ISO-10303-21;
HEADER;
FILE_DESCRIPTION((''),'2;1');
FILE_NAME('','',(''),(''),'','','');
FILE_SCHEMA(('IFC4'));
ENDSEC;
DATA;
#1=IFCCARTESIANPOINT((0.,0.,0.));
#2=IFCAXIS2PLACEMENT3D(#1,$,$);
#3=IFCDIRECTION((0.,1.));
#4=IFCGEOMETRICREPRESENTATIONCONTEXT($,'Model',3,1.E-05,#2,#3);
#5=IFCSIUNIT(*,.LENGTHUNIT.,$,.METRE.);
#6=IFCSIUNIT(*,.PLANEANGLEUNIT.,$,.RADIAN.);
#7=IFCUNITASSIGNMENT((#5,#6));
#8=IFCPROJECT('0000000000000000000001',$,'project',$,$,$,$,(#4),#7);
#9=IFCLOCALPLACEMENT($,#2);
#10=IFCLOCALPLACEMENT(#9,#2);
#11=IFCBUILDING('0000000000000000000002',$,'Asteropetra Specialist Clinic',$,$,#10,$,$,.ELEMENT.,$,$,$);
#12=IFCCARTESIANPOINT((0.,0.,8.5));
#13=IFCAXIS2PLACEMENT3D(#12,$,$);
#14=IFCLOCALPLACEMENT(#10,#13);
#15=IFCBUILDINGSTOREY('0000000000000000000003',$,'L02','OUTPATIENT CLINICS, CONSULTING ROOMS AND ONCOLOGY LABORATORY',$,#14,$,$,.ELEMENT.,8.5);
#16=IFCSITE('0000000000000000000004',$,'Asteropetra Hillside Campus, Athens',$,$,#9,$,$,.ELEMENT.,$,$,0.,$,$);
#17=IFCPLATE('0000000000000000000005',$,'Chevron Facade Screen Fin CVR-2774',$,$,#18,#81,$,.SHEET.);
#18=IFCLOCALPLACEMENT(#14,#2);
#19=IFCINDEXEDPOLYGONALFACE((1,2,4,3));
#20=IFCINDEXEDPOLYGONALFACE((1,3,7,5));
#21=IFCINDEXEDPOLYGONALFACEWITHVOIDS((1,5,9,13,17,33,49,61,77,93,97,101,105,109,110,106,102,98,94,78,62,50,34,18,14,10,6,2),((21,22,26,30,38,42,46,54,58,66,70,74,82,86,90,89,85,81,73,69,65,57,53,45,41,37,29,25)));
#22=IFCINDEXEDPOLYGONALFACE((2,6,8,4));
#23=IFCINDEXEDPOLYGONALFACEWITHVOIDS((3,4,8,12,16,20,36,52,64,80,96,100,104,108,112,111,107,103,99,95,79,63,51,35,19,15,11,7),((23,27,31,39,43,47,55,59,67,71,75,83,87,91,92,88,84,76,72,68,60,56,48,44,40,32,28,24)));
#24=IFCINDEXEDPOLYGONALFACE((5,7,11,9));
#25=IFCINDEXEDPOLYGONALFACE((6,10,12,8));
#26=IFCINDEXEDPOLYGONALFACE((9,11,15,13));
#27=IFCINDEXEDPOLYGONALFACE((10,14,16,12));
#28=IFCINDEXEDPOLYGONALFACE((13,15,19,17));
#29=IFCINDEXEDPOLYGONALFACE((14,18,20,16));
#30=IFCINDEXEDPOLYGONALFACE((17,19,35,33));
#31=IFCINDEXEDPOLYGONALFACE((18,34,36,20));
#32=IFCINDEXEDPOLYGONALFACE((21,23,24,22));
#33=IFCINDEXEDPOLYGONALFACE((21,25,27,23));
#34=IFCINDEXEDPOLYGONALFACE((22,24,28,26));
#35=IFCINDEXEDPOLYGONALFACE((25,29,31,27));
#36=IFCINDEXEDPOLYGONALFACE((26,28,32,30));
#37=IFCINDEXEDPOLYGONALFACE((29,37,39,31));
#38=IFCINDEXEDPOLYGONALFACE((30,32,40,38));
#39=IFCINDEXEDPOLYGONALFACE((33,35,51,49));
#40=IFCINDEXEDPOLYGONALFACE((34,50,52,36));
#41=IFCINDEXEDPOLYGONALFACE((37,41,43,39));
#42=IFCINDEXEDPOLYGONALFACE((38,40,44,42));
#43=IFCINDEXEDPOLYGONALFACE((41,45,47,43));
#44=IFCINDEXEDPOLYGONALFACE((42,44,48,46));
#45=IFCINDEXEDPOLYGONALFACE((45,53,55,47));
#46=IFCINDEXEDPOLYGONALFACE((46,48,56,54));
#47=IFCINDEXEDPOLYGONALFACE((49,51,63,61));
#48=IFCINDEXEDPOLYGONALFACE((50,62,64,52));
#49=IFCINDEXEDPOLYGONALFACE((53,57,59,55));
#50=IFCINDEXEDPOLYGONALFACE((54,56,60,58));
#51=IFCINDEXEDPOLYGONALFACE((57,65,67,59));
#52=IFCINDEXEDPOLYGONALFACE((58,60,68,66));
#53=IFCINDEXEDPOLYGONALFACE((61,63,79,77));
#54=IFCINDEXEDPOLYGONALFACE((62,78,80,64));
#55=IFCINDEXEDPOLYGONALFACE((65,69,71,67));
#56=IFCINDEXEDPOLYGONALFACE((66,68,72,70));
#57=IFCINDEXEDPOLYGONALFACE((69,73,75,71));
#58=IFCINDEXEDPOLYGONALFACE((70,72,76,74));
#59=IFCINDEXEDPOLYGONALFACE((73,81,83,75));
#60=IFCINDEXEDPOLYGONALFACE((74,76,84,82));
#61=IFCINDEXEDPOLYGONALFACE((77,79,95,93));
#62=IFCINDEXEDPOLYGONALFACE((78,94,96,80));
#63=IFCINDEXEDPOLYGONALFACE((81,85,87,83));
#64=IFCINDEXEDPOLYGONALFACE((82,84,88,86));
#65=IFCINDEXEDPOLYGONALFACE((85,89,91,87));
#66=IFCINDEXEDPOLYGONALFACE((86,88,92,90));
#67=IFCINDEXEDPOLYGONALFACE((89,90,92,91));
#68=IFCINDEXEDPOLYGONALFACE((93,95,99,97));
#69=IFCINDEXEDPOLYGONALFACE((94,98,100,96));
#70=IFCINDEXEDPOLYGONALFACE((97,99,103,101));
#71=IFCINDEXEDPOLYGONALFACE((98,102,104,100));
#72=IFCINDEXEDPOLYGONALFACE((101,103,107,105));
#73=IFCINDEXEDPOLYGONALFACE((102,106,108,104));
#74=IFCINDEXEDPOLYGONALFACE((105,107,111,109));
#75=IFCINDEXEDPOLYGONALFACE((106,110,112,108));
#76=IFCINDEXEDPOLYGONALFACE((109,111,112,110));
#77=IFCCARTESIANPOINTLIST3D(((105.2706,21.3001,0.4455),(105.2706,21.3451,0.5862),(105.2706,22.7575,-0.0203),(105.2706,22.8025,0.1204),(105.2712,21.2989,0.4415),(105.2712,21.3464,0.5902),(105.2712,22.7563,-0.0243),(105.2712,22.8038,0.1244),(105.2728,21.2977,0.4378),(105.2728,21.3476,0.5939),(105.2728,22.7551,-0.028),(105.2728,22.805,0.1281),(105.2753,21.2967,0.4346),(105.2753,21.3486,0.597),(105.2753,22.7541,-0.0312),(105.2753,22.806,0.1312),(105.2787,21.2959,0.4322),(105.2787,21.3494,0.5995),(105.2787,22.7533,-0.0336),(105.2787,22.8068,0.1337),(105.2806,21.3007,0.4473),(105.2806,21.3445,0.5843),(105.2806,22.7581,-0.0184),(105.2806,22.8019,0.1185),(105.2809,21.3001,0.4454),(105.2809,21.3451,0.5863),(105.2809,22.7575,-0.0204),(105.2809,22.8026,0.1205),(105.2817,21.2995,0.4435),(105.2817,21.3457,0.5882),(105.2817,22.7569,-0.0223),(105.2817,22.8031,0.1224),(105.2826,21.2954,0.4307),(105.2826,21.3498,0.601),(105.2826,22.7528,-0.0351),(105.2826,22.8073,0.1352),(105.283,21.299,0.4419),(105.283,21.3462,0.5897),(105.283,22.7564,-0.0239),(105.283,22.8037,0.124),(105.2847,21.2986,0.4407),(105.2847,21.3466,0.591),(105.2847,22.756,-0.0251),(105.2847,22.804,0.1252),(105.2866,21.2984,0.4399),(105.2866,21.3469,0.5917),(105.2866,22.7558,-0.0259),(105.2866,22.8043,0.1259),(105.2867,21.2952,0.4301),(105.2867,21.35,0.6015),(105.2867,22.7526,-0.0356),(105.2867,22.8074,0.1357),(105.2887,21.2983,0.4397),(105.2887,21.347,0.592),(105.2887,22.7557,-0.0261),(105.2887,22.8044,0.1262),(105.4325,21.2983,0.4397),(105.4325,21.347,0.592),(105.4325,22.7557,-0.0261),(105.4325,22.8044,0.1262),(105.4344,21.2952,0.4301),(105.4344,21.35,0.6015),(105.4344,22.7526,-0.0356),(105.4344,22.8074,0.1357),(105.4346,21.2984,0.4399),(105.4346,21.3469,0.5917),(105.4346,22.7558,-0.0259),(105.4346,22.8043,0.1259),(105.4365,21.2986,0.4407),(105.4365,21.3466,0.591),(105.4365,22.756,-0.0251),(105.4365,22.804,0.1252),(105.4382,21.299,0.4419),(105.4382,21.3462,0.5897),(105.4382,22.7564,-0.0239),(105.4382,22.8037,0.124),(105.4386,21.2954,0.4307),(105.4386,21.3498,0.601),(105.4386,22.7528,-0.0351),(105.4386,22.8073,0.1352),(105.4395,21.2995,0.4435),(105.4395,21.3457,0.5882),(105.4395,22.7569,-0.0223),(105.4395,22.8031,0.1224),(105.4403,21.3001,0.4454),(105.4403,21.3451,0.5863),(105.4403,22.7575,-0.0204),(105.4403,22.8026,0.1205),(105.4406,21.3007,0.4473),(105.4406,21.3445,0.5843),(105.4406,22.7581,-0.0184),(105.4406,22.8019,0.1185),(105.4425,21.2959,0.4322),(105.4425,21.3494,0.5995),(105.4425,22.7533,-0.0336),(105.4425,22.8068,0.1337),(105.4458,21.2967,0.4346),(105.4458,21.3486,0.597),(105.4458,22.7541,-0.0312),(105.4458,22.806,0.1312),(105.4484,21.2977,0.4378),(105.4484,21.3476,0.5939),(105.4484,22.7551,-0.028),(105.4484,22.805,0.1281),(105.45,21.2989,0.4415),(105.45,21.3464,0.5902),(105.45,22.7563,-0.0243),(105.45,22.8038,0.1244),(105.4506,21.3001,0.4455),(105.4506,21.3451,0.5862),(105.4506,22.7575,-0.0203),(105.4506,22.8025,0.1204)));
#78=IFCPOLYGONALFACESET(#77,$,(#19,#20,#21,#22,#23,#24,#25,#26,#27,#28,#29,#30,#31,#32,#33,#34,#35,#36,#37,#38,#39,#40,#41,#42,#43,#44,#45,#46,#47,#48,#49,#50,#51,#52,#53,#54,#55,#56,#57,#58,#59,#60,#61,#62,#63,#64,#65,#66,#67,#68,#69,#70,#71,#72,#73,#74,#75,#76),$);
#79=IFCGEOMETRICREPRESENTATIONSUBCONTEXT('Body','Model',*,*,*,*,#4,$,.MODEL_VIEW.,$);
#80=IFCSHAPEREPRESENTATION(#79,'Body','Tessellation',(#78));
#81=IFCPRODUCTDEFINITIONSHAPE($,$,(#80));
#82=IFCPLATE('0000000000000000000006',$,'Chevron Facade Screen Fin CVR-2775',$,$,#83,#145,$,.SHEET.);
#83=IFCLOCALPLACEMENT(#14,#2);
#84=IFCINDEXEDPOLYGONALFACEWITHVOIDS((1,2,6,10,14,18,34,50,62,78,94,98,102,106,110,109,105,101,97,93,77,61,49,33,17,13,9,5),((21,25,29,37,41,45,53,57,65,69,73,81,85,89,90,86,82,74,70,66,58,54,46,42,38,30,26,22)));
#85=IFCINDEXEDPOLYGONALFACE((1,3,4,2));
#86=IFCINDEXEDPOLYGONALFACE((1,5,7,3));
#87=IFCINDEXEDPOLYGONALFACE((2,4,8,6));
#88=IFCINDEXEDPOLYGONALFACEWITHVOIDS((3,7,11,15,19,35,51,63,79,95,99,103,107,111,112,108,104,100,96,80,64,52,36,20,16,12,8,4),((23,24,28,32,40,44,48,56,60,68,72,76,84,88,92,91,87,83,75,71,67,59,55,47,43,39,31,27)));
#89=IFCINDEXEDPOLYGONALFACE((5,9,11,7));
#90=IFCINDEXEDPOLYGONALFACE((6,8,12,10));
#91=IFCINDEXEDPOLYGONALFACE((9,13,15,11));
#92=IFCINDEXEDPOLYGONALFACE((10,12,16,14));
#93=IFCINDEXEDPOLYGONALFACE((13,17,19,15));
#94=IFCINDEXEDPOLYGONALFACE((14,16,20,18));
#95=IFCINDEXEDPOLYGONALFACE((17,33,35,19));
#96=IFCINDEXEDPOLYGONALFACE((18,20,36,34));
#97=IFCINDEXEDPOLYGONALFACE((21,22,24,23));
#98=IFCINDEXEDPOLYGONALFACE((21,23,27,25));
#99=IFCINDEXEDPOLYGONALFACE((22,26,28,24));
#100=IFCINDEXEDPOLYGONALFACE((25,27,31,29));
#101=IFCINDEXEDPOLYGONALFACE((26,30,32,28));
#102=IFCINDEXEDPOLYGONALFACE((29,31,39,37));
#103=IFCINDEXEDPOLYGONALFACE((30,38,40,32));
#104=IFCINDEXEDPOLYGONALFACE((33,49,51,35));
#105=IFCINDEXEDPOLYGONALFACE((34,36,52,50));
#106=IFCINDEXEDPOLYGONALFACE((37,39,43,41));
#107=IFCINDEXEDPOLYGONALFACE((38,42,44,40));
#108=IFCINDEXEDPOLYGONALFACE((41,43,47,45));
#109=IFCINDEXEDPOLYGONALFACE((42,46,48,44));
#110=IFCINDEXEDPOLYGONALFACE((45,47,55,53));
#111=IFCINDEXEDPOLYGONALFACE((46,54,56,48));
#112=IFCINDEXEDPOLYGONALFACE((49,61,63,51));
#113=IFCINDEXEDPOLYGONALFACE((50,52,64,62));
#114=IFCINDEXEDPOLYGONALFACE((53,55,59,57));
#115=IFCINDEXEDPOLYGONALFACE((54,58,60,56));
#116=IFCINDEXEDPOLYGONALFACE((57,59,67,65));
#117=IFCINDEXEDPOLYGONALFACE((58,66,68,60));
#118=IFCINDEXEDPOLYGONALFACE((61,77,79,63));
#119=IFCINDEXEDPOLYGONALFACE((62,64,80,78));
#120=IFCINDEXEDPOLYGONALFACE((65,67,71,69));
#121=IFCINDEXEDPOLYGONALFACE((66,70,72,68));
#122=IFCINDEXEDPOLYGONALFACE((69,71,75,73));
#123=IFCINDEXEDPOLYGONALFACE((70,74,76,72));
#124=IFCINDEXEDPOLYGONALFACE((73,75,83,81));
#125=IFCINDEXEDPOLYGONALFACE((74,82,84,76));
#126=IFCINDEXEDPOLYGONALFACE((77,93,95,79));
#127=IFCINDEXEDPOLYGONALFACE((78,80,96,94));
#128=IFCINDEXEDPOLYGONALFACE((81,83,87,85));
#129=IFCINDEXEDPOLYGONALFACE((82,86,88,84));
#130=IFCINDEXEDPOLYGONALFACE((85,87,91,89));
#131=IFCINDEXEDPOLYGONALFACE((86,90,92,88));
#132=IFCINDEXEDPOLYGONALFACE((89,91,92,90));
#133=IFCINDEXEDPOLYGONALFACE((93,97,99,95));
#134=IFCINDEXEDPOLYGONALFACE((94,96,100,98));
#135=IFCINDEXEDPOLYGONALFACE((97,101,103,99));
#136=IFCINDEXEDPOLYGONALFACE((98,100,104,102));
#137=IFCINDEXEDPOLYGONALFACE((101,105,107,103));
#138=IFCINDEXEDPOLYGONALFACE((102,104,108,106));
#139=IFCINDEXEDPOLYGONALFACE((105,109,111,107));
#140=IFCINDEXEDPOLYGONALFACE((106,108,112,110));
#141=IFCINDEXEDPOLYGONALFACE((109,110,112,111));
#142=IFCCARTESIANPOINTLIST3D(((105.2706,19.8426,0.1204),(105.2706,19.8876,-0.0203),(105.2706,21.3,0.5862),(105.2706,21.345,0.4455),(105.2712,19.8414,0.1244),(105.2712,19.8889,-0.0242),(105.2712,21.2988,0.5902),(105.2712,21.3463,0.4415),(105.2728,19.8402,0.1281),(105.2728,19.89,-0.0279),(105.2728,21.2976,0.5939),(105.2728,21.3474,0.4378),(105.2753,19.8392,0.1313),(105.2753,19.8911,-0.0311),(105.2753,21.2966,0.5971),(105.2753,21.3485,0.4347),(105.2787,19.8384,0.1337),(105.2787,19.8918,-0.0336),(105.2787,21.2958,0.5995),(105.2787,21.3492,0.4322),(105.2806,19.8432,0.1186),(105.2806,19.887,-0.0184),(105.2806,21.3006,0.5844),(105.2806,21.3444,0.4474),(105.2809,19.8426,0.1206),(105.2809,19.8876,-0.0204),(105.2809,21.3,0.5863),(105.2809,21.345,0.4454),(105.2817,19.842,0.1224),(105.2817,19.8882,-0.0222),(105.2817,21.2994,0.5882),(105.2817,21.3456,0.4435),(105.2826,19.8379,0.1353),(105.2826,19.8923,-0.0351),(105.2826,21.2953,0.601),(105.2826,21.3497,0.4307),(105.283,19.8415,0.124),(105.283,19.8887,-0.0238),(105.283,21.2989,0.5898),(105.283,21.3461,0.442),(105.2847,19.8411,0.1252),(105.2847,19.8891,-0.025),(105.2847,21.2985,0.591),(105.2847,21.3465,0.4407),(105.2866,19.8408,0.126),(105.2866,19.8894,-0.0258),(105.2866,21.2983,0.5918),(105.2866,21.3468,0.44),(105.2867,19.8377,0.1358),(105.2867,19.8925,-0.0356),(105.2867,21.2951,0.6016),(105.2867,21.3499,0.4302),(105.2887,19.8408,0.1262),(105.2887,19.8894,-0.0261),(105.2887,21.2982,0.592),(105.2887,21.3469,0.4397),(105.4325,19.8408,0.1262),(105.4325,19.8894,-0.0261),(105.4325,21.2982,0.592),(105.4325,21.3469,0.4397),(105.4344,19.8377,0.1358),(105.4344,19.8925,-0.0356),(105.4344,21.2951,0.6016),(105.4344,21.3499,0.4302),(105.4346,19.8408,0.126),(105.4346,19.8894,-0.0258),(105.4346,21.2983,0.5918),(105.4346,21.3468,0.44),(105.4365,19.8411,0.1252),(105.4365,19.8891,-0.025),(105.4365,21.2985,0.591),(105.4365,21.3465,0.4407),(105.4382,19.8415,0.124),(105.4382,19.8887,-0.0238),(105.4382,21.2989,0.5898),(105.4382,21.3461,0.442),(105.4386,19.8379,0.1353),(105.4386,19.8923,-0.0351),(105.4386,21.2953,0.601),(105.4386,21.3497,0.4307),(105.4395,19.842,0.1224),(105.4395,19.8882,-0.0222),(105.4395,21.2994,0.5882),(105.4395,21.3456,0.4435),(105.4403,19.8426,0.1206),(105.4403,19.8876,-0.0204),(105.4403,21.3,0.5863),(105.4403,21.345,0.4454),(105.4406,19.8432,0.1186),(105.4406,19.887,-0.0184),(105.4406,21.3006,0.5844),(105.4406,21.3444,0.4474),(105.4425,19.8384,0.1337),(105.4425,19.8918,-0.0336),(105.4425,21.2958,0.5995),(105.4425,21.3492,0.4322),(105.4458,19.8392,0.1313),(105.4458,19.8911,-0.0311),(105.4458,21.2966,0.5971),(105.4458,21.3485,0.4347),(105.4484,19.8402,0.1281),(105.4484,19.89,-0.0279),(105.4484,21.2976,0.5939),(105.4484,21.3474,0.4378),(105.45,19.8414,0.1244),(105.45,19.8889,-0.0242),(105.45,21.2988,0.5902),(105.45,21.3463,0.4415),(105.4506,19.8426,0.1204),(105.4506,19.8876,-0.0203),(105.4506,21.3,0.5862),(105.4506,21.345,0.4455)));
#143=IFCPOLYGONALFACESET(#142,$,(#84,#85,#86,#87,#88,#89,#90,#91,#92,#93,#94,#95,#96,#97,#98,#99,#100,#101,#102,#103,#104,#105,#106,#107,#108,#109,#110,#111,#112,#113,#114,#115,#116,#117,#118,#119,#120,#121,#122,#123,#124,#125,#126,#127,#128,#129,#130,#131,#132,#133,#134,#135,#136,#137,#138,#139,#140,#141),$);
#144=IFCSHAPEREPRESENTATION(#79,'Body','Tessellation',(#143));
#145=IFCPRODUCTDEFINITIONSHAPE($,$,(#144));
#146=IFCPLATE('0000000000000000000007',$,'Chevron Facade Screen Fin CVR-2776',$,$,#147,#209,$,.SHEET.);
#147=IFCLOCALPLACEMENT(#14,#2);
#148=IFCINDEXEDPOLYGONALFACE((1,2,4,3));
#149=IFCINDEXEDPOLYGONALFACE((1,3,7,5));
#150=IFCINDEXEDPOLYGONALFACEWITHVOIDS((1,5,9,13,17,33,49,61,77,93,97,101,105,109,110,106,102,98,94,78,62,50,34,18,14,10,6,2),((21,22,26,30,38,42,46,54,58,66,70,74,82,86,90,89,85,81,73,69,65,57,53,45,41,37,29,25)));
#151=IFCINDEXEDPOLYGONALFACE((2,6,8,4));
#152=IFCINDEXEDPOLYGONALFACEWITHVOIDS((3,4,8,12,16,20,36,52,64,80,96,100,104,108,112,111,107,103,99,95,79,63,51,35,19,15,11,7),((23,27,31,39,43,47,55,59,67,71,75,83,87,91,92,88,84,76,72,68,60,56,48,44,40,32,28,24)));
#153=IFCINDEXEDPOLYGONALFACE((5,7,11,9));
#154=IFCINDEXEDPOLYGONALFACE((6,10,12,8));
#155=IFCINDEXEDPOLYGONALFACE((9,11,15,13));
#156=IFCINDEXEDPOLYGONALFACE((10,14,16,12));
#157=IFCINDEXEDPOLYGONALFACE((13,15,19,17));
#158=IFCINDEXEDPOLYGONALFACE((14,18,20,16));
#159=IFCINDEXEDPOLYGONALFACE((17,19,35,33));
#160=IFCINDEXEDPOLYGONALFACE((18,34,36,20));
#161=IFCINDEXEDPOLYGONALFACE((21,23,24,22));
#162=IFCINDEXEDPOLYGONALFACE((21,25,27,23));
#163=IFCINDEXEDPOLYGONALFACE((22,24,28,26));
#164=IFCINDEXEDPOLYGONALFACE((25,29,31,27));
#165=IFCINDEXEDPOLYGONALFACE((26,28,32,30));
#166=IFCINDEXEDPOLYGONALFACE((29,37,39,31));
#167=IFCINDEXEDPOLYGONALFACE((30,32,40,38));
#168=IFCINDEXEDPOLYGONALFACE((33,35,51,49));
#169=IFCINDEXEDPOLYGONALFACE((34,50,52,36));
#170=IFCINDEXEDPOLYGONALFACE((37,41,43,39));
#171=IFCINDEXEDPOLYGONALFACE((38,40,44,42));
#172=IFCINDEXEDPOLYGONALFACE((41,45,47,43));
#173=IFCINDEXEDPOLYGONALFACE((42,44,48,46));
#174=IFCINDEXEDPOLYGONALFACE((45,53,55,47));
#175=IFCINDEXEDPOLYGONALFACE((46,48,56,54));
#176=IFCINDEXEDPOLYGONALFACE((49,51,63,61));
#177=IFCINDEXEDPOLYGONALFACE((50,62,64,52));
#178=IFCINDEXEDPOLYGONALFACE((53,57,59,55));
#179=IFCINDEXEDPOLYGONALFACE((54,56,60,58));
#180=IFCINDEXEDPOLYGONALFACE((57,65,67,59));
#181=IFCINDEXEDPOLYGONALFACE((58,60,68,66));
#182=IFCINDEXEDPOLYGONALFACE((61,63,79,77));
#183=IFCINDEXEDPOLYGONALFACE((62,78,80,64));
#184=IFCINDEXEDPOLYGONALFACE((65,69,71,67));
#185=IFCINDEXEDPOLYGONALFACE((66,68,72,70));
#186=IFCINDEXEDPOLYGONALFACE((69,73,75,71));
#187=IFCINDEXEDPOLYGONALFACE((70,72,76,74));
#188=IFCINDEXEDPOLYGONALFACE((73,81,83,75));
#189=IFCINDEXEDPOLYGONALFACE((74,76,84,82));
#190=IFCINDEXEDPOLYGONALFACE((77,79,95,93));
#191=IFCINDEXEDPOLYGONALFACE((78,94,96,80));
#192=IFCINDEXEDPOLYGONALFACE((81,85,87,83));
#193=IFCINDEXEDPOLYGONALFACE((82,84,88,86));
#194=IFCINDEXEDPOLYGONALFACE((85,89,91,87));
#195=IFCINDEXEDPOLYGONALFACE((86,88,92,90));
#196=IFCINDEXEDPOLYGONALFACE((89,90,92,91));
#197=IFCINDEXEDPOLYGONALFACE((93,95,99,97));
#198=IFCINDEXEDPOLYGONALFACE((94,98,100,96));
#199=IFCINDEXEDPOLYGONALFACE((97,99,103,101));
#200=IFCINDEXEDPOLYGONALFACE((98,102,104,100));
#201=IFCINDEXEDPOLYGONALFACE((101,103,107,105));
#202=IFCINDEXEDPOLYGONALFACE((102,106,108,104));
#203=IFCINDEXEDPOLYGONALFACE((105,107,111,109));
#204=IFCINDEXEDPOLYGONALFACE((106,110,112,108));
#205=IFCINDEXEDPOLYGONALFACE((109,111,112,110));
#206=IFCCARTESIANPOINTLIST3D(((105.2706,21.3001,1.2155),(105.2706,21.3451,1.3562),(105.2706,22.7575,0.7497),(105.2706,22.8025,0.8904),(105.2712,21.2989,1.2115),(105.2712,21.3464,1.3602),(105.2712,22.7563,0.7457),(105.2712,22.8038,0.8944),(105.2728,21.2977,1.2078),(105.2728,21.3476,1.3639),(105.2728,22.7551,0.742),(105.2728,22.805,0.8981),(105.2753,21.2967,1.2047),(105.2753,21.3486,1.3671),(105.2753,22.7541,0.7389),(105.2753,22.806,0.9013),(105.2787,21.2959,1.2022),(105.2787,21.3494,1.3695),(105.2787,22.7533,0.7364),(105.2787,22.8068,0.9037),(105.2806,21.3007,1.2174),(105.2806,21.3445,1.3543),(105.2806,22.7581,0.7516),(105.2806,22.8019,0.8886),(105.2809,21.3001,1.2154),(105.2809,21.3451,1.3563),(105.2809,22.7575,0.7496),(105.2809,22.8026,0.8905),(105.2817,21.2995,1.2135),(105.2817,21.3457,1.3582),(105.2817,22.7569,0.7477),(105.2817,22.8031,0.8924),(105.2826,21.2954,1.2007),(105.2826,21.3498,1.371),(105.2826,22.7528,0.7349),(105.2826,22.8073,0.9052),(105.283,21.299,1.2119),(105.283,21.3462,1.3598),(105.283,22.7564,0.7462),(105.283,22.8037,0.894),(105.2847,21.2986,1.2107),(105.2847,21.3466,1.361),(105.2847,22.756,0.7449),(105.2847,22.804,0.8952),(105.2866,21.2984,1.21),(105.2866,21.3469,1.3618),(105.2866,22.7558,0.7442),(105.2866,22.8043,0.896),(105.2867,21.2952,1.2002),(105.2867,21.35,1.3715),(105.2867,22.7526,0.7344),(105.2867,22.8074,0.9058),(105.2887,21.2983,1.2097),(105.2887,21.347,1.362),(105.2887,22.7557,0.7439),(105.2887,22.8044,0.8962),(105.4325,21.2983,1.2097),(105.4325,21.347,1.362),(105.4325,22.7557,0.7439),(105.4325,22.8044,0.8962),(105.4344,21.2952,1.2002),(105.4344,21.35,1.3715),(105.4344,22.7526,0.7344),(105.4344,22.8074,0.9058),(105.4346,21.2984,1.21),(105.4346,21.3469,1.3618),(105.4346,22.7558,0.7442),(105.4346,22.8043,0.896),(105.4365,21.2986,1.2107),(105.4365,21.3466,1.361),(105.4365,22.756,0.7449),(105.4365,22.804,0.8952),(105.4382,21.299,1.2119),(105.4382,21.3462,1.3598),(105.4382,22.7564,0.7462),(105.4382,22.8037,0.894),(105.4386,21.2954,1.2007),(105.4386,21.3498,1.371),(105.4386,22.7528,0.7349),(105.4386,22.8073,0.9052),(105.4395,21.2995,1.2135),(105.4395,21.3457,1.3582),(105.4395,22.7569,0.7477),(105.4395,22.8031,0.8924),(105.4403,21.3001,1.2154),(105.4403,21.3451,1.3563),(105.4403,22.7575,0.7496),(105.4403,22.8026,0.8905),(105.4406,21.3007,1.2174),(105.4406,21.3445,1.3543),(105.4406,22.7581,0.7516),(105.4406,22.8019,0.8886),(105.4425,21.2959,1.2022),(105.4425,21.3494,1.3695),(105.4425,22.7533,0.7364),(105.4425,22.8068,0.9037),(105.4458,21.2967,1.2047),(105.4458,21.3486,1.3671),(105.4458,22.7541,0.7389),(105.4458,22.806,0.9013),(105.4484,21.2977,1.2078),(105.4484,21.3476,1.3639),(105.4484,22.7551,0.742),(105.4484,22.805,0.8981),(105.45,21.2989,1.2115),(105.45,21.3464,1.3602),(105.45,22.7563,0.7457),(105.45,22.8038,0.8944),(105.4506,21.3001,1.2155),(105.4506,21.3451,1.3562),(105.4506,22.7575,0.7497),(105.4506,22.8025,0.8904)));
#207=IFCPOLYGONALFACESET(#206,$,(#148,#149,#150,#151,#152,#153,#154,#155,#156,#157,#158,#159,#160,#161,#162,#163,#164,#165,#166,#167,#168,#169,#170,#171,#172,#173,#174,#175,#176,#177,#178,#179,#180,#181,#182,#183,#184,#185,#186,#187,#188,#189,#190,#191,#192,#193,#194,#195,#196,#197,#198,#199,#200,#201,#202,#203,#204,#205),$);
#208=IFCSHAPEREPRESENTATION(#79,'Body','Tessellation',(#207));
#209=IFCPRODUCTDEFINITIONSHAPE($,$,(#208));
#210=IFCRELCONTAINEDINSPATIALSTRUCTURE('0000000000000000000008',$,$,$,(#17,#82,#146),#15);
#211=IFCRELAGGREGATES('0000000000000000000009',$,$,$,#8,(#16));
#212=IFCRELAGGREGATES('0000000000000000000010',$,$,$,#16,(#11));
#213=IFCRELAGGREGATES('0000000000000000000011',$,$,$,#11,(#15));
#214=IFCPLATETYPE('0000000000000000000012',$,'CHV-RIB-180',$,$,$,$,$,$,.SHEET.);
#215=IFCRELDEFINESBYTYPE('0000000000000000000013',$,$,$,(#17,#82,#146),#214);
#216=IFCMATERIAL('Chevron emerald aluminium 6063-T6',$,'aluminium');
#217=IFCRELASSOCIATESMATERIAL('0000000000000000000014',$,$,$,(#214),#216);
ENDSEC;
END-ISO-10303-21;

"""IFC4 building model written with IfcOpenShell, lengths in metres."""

from ifc_helpers import new_model, si_unit, direction, frame, origin, origin_2d, place, context, subcontext, project, spatial, hollow_rectangle, extrude, material, material_profile, profile_set, type_object, element, save


model = new_model("IFC4")

# Units and contexts
model_context = context("Model", 3, precision=1e-05, world=origin(), true_north=direction((0.0, 1.0)))
body_context = subcontext(model_context, "Body", "Model", "MODEL_VIEW")
ifc_project = project(units=[si_unit("LENGTHUNIT", "METRE"), si_unit("PLANEANGLEUNIT", "RADIAN")], contexts=[model_context])

# Site, building, storey
site_placement = place(None, origin())
site = spatial("IfcSite", under=ifc_project, at=site_placement, Name="Asteropetra Hillside Campus, Athens", CompositionType="ELEMENT", RefElevation=0.0)
building_placement = place(site_placement, origin())
building = spatial("IfcBuilding", under=site, at=building_placement, Name="Asteropetra Specialist Clinic", CompositionType="ELEMENT")
storey_placement = place(building_placement, frame((0.0, 0.0, 8.5)))
storey = spatial("IfcBuildingStorey", under=building, at=storey_placement, Name="L02", Description="OUTPATIENT CLINICS, CONSULTING ROOMS AND ONCOLOGY LABORATORY", CompositionType="ELEMENT", Elevation=8.5)

# Plates
ifc_material_1 = material(Name="Chevron emerald aluminium 6063-T6", Category="aluminium")
ifc_material_profile = material_profile(ifc_material_1, hollow_rectangle(XDim=0.1799, YDim=0.1799, WallThickness=0.01, InnerFilletRadius=0.0081, OuterFilletRadius=0.0161, at=origin_2d()), Name="SHS 180x180x10.0")
ifc_profile_set = profile_set([ifc_material_profile], Name="Chevron emerald aluminium 6063-T6")
plate_type = type_object("IfcPlateType", Name="CHV-RIB-180", PredefinedType="SHEET", material=ifc_profile_set)
for number, where, z_axis, x_axis, name in (
    (1, (105.3606, 22.78, 0.05), (0.0, -0.952535, 0.304428), (1.0, 0.0, 0.0), "Chevron Facade Screen Fin CVR-2774"),
    (2, (105.3606, 21.3225, 0.5159), (0.0, -0.952535, -0.304428), (1.0, 0.0, 0.0), "Chevron Facade Screen Fin CVR-2775"),
    (3, (105.3606, 22.78, 0.8201), (0.0, -0.952535, 0.304428), (1.0, 0.0, 0.0), "Chevron Facade Screen Fin CVR-2776"),
):
    element("IfcPlate", number, at=place(storey_placement, frame(where, z_axis=z_axis, x_axis=x_axis)), inside=storey, type_object=plate_type, Name=name, PredefinedType="SHEET", context=body_context, shape_type="SweptSolid", body=[
        extrude(hollow_rectangle(XDim=0.1799, YDim=0.1799, WallThickness=0.01, InnerFilletRadius=0.0081, OuterFilletRadius=0.0161, at=origin_2d()), origin(), (0.0, 0.0, 1.0), 1.53),
    ])

save(model, "model.ifc")
